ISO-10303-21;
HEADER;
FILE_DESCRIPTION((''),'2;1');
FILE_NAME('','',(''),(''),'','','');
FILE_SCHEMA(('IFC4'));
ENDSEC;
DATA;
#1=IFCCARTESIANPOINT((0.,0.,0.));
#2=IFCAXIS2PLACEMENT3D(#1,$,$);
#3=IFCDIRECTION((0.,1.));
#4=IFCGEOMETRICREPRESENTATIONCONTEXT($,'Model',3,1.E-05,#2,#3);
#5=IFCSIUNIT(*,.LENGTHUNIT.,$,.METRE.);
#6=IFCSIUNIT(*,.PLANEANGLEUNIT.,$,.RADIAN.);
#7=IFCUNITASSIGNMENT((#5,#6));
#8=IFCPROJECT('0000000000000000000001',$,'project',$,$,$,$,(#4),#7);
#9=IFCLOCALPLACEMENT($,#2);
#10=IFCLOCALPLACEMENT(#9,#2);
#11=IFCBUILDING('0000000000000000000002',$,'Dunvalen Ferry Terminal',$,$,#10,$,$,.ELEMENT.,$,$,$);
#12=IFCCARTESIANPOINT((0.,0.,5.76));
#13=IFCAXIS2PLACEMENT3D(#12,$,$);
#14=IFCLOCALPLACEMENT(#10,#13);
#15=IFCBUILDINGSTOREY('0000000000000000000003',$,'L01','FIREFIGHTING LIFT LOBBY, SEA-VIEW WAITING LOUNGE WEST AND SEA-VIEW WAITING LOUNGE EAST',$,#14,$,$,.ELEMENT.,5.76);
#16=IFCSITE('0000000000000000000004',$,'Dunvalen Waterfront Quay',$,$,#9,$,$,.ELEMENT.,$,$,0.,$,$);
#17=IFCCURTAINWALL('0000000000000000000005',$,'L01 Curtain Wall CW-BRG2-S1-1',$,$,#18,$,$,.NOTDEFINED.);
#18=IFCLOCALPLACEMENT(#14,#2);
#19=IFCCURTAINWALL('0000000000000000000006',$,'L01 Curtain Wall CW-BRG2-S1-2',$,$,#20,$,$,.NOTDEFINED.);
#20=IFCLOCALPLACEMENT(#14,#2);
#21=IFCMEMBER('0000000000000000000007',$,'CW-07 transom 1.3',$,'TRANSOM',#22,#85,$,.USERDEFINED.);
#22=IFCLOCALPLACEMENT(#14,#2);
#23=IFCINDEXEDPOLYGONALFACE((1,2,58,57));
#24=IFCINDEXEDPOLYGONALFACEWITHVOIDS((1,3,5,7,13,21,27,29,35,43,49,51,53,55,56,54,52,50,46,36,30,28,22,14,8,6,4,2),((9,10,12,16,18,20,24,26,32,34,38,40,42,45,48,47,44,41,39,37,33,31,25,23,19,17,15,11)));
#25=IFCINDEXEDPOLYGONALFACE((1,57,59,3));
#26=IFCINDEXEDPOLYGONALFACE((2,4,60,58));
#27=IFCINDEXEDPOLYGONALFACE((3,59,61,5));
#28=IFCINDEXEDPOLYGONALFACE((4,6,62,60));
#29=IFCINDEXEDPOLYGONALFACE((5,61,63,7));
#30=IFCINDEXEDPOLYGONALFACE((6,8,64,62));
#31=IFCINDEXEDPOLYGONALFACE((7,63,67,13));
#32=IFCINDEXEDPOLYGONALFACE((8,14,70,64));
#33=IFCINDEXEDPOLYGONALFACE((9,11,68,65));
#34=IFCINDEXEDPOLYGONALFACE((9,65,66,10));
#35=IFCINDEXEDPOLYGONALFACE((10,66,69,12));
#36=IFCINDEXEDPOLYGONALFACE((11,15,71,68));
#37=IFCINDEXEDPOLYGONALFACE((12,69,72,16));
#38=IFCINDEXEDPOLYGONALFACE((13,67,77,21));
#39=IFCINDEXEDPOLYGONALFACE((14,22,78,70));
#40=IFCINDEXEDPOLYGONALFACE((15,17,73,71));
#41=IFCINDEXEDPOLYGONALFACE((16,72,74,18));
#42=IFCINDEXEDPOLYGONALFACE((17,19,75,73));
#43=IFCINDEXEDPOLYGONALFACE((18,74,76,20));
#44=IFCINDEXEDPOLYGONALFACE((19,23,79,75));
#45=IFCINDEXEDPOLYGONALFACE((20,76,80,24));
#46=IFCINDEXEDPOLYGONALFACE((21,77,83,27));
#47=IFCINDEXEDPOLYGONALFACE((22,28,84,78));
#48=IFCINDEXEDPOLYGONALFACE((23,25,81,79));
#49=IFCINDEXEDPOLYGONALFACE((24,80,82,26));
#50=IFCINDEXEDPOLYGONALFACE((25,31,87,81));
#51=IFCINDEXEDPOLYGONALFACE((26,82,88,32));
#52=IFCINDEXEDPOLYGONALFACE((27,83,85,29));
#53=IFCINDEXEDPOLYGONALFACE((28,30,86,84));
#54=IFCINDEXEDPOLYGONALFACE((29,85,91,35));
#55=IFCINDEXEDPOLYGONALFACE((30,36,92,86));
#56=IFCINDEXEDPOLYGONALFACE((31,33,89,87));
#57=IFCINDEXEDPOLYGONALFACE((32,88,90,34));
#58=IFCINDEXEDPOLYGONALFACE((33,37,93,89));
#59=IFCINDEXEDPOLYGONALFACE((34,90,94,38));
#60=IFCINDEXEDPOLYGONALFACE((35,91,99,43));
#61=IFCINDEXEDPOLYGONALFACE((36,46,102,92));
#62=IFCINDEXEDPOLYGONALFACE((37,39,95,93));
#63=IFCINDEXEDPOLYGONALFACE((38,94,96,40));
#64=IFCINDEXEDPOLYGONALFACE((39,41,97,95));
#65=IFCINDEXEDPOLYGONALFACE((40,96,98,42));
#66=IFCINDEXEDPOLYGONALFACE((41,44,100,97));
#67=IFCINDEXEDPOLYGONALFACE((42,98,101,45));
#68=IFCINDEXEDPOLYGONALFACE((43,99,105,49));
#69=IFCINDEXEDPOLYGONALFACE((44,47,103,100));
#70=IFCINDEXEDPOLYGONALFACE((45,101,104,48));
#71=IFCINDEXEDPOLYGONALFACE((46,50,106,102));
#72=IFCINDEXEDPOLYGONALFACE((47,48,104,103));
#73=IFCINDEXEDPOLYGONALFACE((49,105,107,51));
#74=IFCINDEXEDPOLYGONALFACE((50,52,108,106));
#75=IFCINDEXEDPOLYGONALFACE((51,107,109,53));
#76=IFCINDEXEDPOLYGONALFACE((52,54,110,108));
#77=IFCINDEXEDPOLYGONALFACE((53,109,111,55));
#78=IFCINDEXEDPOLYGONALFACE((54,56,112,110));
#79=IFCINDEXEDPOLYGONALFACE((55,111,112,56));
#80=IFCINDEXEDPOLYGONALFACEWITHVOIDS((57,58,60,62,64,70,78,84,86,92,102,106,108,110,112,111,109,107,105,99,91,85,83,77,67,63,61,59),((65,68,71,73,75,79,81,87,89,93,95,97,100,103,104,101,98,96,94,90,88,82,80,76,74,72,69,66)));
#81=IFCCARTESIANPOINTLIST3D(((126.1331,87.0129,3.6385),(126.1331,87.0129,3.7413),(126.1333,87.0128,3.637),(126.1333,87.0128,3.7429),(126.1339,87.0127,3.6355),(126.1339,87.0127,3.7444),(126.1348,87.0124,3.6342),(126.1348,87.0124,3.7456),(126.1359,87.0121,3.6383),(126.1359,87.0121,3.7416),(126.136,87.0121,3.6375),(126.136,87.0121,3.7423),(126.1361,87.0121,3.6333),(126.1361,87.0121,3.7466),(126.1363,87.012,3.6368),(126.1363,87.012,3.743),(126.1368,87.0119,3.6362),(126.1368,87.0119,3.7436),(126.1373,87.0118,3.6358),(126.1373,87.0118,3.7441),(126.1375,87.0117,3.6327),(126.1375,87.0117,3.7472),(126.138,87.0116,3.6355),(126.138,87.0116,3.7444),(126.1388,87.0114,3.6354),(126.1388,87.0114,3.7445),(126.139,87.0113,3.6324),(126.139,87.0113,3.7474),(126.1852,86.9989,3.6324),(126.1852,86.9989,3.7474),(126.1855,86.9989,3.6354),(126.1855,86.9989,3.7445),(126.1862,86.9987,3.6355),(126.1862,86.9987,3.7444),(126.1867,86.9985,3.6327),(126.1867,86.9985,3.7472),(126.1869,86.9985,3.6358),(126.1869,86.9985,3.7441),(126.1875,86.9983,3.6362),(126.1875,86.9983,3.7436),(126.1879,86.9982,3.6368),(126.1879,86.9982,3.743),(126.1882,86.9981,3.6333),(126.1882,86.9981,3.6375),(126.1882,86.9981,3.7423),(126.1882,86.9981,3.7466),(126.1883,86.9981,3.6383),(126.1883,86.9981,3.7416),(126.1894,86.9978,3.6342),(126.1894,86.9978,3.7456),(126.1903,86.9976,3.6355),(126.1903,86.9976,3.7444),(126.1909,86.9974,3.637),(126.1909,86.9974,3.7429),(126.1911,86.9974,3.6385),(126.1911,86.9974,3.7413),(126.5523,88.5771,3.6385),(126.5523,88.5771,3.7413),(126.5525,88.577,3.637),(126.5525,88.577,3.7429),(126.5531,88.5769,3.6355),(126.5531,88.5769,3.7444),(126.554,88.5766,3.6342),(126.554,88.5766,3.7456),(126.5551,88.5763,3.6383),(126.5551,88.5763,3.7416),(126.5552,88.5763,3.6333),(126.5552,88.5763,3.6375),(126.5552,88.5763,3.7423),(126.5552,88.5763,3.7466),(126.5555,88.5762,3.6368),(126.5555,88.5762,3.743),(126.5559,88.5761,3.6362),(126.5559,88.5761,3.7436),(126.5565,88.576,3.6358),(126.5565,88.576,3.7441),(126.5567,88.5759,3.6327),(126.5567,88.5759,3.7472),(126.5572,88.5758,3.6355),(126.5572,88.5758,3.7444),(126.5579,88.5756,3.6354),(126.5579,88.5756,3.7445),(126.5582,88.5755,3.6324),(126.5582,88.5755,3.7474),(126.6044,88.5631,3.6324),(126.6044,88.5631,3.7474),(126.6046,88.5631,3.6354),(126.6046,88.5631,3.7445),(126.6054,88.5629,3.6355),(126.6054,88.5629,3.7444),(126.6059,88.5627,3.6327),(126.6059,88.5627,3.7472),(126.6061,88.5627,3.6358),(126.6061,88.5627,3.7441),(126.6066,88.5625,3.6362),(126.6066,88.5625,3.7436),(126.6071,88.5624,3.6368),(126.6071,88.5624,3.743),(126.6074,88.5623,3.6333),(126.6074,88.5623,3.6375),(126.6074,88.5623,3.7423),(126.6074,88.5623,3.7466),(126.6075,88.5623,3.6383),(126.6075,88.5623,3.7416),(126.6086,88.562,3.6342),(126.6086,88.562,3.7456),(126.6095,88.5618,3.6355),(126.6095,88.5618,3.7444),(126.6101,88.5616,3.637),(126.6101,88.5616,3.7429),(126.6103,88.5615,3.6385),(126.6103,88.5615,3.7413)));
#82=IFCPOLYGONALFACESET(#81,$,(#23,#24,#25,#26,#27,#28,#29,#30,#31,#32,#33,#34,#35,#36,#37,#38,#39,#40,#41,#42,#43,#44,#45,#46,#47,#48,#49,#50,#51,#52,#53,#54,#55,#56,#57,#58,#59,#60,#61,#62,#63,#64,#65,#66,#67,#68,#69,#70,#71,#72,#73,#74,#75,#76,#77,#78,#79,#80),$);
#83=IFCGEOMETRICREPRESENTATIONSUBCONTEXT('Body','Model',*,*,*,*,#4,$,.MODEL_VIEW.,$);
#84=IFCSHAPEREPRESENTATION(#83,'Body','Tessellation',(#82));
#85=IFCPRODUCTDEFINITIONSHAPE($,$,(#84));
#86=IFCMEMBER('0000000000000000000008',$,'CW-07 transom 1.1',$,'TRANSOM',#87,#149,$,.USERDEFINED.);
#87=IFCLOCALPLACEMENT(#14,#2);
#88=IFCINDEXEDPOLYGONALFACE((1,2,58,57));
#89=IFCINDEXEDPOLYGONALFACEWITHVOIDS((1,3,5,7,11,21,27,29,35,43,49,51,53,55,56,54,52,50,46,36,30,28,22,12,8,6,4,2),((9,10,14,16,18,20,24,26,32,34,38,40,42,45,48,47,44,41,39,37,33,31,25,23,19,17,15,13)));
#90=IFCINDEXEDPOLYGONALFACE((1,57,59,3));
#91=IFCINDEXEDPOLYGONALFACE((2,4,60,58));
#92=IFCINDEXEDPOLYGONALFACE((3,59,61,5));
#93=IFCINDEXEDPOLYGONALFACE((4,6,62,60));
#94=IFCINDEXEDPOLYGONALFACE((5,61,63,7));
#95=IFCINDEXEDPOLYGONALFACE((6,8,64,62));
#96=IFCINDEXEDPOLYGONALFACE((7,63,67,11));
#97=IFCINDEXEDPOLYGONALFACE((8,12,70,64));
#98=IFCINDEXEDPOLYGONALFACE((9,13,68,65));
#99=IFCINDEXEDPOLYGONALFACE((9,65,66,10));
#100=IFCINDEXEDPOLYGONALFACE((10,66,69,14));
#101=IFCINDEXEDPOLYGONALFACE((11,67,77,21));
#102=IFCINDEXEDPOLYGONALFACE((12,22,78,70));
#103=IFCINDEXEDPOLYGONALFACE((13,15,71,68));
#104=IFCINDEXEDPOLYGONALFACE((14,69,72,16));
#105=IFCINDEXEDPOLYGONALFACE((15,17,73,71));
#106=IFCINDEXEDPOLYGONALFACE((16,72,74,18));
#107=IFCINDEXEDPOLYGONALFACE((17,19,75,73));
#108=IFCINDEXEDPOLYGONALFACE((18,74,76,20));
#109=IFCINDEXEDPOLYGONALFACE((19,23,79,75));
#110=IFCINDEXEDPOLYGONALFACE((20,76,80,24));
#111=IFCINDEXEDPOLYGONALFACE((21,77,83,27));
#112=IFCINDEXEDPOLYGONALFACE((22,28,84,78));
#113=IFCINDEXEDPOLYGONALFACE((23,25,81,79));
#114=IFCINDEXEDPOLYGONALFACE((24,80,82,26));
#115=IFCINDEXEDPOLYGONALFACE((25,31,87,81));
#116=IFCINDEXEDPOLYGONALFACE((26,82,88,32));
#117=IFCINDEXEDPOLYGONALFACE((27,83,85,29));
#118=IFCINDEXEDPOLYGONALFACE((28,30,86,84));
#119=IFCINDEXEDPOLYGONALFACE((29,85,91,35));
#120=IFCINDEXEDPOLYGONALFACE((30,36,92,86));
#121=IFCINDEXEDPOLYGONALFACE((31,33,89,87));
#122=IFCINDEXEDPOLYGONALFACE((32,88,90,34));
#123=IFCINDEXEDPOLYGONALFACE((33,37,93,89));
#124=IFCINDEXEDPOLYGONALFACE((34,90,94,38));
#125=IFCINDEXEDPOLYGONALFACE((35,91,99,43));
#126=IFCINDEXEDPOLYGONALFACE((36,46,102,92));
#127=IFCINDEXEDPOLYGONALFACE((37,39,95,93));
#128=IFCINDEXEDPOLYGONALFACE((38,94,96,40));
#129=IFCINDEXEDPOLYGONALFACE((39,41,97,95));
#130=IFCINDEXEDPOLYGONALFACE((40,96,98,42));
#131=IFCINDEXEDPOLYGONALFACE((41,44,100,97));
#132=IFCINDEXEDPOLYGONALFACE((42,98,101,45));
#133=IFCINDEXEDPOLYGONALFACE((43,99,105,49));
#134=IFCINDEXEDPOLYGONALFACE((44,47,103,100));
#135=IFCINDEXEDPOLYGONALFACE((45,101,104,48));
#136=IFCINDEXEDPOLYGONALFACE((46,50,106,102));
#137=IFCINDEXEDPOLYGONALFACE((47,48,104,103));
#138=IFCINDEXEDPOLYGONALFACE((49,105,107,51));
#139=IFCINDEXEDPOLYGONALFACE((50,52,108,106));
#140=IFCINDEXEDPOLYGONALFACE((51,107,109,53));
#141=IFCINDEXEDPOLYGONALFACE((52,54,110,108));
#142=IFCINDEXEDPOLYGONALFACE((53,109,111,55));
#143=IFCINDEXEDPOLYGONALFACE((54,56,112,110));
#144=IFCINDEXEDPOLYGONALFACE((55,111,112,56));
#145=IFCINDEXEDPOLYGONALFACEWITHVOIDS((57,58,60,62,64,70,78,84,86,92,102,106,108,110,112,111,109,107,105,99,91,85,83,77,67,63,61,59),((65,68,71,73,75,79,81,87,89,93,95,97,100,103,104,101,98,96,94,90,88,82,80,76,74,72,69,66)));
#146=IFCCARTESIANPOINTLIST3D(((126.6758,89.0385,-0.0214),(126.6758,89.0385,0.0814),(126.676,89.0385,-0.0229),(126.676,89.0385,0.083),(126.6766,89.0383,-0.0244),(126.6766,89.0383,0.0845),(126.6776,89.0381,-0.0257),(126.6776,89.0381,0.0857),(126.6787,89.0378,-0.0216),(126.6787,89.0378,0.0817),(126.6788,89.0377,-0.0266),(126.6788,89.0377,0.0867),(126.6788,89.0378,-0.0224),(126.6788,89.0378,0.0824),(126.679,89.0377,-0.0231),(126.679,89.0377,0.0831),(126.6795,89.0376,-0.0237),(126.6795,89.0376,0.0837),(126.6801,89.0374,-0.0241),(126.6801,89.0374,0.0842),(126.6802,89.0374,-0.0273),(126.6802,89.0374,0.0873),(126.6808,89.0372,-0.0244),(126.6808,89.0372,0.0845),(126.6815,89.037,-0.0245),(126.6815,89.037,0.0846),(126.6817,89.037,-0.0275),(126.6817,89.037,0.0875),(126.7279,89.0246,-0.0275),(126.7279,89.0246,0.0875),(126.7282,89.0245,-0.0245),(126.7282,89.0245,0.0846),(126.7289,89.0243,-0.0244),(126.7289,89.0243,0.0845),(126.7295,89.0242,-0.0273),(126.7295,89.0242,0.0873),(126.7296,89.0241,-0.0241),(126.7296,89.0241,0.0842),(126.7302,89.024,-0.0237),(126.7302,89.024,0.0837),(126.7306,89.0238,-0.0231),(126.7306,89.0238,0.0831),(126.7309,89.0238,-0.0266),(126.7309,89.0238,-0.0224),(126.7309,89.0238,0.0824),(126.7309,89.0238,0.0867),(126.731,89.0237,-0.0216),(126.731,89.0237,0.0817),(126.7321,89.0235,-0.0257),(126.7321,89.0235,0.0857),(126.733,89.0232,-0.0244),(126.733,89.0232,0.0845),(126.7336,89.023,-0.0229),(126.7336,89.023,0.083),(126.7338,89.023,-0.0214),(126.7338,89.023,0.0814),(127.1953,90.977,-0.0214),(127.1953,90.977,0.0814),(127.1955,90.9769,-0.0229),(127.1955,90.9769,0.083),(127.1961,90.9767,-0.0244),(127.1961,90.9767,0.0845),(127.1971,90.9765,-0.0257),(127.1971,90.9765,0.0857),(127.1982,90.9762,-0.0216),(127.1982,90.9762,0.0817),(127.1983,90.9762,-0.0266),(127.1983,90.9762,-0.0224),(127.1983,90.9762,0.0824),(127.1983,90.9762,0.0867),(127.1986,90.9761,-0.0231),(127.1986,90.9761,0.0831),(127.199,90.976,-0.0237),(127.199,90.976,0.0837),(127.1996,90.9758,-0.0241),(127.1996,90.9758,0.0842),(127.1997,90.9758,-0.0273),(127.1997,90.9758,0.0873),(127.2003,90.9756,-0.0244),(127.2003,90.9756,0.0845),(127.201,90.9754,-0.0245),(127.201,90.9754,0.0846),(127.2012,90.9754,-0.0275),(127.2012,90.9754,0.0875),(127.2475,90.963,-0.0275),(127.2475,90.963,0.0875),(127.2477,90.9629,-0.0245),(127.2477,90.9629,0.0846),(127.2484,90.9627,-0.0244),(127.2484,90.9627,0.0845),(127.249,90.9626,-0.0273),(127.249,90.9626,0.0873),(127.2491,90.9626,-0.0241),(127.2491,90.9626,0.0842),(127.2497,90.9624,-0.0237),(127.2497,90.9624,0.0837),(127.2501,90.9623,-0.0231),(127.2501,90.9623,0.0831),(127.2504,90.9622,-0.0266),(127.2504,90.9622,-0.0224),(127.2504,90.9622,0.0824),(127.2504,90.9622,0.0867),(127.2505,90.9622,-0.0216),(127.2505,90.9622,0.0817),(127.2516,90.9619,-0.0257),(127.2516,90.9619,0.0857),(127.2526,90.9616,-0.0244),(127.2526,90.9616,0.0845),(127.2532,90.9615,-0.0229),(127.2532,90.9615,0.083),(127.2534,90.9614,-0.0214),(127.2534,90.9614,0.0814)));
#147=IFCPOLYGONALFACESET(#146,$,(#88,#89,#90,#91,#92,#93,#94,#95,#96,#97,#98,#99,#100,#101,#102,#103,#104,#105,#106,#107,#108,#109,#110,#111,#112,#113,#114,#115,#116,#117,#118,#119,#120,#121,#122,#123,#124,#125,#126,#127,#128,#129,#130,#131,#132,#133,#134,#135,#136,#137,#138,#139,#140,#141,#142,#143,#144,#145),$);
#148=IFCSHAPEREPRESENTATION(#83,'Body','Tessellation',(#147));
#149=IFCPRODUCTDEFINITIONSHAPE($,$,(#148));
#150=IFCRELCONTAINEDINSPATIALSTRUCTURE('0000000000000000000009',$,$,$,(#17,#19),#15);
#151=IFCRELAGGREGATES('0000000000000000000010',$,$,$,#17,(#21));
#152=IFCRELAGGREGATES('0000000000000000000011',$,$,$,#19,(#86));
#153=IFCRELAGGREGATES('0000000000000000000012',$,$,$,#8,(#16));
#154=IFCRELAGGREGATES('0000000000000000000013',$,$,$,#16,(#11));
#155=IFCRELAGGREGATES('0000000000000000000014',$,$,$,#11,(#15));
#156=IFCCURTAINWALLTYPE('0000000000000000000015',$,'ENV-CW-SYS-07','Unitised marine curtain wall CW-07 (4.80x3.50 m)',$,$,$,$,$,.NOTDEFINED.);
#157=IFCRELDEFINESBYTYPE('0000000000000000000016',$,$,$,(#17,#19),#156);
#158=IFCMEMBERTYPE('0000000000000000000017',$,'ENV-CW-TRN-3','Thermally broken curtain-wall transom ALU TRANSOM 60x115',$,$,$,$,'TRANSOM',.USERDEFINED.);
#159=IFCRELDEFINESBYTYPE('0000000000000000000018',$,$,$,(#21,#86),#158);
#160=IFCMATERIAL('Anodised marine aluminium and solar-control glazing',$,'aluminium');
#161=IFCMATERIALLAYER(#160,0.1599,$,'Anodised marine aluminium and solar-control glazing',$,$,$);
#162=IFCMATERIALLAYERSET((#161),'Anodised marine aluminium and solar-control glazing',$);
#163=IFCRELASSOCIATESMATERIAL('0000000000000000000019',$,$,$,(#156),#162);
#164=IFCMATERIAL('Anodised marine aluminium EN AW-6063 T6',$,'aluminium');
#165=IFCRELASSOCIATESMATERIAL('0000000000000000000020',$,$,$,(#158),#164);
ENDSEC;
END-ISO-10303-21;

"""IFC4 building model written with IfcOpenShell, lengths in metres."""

from ifc_helpers import new_model, si_unit, direction, frame, origin, origin_2d, place, context, subcontext, project, spatial, hollow_rectangle, extrude, material, layer, layer_set, material_profile, profile_set, type_object, element, aggregate, save


model = new_model("IFC4")

# Units and contexts
model_context = context("Model", 3, precision=1e-05, world=origin(), true_north=direction((0.0, 1.0)))
body_context = subcontext(model_context, "Body", "Model", "MODEL_VIEW")
ifc_project = project(units=[si_unit("LENGTHUNIT", "METRE"), si_unit("PLANEANGLEUNIT", "RADIAN")], contexts=[model_context])

# Site, building, storey
site_placement = place(None, origin())
site = spatial("IfcSite", under=ifc_project, at=site_placement, Name="Dunvalen Waterfront Quay", CompositionType="ELEMENT", RefElevation=0.0)
building_placement = place(site_placement, origin())
building = spatial("IfcBuilding", under=site, at=building_placement, Name="Dunvalen Ferry Terminal", CompositionType="ELEMENT")
storey_placement = place(building_placement, frame((0.0, 0.0, 5.76)))
storey = spatial("IfcBuildingStorey", under=building, at=storey_placement, Name="L01", Description="FIREFIGHTING LIFT LOBBY, SEA-VIEW WAITING LOUNGE WEST AND SEA-VIEW WAITING LOUNGE EAST", CompositionType="ELEMENT", Elevation=5.76)

# Curtain walls
ifc_material_1 = material(Name="Anodised marine aluminium and solar-control glazing", Category="aluminium")
ifc_material_2 = material(Name="Anodised marine aluminium EN AW-6063 T6", Category="aluminium")
ifc_layer_1 = layer(ifc_material_1, 0.1599, Name="Anodised marine aluminium and solar-control glazing")
ifc_layer_set_1 = layer_set([ifc_layer_1], Name="Anodised marine aluminium and solar-control glazing")
curtain_wall_type_1 = type_object("IfcCurtainWallType", Name="ENV-CW-SYS-07", Description="Unitised marine curtain wall CW-07 (4.80x3.50 m)", PredefinedType="NOTDEFINED", material=ifc_layer_set_1)
curtain_wall_1_placement = place(storey_placement, origin())
curtain_wall_1 = element("IfcCurtainWall", 1, at=curtain_wall_1_placement, inside=storey, type_object=curtain_wall_type_1, Name="L01 Curtain Wall CW-BRG2-S1-1", PredefinedType="NOTDEFINED")
curtain_wall_2_placement = place(storey_placement, origin())
curtain_wall_2 = element("IfcCurtainWall", 2, at=curtain_wall_2_placement, inside=storey, type_object=curtain_wall_type_1, Name="L01 Curtain Wall CW-BRG2-S1-2", PredefinedType="NOTDEFINED")

# Members
ifc_material_profile_1 = material_profile(ifc_material_2, hollow_rectangle(XDim=0.0601, YDim=0.115, WallThickness=0.0029, InnerFilletRadius=0.0029, OuterFilletRadius=0.0061, at=origin_2d()), Name="Anodised marine aluminium EN AW-6063 T6")
ifc_profile_set_1 = profile_set([ifc_material_profile_1], Name="Anodised marine aluminium EN AW-6063 T6")
member_type_1 = type_object("IfcMemberType", Name="ENV-CW-TRN-3", Description="Thermally broken curtain-wall transom ALU TRANSOM 60x115", ElementType="TRANSOM", PredefinedType="USERDEFINED", material=ifc_profile_set_1)
member_1_placement = place(storey_placement, frame((126.1621, 87.0051, 3.6899), z_axis=(0.258854, 0.965916, 0.0), x_axis=(-0.965916, 0.258854, 0.0)))
member_1 = element("IfcMember", 3, at=member_1_placement, type_object=member_type_1, Name="CW-07 transom 1.3", ObjectType="TRANSOM", PredefinedType="USERDEFINED", context=body_context, shape_type="SweptSolid", body=[
    extrude(hollow_rectangle(XDim=0.0601, YDim=0.115, WallThickness=0.0029, InnerFilletRadius=0.0029, OuterFilletRadius=0.0061, at=origin_2d()), origin(), (0.0, 0.0, 1.0), 1.6194),
])
member_2_placement = place(storey_placement, frame((126.7048, 89.0308, 0.03), z_axis=(0.258874, 0.965911, 0.0), x_axis=(-0.965911, 0.258874, 0.0)))
member_2 = element("IfcMember", 4, at=member_2_placement, type_object=member_type_1, Name="CW-07 transom 1.1", ObjectType="TRANSOM", PredefinedType="USERDEFINED", context=body_context, shape_type="SweptSolid", body=[
    extrude(hollow_rectangle(XDim=0.0601, YDim=0.115, WallThickness=0.0029, InnerFilletRadius=0.0029, OuterFilletRadius=0.0061, at=origin_2d()), origin(), (0.0, 0.0, 1.0), 2.0068),
])

aggregate(curtain_wall_1, [member_1])
aggregate(curtain_wall_2, [member_2])

save(model, "model.ifc")
